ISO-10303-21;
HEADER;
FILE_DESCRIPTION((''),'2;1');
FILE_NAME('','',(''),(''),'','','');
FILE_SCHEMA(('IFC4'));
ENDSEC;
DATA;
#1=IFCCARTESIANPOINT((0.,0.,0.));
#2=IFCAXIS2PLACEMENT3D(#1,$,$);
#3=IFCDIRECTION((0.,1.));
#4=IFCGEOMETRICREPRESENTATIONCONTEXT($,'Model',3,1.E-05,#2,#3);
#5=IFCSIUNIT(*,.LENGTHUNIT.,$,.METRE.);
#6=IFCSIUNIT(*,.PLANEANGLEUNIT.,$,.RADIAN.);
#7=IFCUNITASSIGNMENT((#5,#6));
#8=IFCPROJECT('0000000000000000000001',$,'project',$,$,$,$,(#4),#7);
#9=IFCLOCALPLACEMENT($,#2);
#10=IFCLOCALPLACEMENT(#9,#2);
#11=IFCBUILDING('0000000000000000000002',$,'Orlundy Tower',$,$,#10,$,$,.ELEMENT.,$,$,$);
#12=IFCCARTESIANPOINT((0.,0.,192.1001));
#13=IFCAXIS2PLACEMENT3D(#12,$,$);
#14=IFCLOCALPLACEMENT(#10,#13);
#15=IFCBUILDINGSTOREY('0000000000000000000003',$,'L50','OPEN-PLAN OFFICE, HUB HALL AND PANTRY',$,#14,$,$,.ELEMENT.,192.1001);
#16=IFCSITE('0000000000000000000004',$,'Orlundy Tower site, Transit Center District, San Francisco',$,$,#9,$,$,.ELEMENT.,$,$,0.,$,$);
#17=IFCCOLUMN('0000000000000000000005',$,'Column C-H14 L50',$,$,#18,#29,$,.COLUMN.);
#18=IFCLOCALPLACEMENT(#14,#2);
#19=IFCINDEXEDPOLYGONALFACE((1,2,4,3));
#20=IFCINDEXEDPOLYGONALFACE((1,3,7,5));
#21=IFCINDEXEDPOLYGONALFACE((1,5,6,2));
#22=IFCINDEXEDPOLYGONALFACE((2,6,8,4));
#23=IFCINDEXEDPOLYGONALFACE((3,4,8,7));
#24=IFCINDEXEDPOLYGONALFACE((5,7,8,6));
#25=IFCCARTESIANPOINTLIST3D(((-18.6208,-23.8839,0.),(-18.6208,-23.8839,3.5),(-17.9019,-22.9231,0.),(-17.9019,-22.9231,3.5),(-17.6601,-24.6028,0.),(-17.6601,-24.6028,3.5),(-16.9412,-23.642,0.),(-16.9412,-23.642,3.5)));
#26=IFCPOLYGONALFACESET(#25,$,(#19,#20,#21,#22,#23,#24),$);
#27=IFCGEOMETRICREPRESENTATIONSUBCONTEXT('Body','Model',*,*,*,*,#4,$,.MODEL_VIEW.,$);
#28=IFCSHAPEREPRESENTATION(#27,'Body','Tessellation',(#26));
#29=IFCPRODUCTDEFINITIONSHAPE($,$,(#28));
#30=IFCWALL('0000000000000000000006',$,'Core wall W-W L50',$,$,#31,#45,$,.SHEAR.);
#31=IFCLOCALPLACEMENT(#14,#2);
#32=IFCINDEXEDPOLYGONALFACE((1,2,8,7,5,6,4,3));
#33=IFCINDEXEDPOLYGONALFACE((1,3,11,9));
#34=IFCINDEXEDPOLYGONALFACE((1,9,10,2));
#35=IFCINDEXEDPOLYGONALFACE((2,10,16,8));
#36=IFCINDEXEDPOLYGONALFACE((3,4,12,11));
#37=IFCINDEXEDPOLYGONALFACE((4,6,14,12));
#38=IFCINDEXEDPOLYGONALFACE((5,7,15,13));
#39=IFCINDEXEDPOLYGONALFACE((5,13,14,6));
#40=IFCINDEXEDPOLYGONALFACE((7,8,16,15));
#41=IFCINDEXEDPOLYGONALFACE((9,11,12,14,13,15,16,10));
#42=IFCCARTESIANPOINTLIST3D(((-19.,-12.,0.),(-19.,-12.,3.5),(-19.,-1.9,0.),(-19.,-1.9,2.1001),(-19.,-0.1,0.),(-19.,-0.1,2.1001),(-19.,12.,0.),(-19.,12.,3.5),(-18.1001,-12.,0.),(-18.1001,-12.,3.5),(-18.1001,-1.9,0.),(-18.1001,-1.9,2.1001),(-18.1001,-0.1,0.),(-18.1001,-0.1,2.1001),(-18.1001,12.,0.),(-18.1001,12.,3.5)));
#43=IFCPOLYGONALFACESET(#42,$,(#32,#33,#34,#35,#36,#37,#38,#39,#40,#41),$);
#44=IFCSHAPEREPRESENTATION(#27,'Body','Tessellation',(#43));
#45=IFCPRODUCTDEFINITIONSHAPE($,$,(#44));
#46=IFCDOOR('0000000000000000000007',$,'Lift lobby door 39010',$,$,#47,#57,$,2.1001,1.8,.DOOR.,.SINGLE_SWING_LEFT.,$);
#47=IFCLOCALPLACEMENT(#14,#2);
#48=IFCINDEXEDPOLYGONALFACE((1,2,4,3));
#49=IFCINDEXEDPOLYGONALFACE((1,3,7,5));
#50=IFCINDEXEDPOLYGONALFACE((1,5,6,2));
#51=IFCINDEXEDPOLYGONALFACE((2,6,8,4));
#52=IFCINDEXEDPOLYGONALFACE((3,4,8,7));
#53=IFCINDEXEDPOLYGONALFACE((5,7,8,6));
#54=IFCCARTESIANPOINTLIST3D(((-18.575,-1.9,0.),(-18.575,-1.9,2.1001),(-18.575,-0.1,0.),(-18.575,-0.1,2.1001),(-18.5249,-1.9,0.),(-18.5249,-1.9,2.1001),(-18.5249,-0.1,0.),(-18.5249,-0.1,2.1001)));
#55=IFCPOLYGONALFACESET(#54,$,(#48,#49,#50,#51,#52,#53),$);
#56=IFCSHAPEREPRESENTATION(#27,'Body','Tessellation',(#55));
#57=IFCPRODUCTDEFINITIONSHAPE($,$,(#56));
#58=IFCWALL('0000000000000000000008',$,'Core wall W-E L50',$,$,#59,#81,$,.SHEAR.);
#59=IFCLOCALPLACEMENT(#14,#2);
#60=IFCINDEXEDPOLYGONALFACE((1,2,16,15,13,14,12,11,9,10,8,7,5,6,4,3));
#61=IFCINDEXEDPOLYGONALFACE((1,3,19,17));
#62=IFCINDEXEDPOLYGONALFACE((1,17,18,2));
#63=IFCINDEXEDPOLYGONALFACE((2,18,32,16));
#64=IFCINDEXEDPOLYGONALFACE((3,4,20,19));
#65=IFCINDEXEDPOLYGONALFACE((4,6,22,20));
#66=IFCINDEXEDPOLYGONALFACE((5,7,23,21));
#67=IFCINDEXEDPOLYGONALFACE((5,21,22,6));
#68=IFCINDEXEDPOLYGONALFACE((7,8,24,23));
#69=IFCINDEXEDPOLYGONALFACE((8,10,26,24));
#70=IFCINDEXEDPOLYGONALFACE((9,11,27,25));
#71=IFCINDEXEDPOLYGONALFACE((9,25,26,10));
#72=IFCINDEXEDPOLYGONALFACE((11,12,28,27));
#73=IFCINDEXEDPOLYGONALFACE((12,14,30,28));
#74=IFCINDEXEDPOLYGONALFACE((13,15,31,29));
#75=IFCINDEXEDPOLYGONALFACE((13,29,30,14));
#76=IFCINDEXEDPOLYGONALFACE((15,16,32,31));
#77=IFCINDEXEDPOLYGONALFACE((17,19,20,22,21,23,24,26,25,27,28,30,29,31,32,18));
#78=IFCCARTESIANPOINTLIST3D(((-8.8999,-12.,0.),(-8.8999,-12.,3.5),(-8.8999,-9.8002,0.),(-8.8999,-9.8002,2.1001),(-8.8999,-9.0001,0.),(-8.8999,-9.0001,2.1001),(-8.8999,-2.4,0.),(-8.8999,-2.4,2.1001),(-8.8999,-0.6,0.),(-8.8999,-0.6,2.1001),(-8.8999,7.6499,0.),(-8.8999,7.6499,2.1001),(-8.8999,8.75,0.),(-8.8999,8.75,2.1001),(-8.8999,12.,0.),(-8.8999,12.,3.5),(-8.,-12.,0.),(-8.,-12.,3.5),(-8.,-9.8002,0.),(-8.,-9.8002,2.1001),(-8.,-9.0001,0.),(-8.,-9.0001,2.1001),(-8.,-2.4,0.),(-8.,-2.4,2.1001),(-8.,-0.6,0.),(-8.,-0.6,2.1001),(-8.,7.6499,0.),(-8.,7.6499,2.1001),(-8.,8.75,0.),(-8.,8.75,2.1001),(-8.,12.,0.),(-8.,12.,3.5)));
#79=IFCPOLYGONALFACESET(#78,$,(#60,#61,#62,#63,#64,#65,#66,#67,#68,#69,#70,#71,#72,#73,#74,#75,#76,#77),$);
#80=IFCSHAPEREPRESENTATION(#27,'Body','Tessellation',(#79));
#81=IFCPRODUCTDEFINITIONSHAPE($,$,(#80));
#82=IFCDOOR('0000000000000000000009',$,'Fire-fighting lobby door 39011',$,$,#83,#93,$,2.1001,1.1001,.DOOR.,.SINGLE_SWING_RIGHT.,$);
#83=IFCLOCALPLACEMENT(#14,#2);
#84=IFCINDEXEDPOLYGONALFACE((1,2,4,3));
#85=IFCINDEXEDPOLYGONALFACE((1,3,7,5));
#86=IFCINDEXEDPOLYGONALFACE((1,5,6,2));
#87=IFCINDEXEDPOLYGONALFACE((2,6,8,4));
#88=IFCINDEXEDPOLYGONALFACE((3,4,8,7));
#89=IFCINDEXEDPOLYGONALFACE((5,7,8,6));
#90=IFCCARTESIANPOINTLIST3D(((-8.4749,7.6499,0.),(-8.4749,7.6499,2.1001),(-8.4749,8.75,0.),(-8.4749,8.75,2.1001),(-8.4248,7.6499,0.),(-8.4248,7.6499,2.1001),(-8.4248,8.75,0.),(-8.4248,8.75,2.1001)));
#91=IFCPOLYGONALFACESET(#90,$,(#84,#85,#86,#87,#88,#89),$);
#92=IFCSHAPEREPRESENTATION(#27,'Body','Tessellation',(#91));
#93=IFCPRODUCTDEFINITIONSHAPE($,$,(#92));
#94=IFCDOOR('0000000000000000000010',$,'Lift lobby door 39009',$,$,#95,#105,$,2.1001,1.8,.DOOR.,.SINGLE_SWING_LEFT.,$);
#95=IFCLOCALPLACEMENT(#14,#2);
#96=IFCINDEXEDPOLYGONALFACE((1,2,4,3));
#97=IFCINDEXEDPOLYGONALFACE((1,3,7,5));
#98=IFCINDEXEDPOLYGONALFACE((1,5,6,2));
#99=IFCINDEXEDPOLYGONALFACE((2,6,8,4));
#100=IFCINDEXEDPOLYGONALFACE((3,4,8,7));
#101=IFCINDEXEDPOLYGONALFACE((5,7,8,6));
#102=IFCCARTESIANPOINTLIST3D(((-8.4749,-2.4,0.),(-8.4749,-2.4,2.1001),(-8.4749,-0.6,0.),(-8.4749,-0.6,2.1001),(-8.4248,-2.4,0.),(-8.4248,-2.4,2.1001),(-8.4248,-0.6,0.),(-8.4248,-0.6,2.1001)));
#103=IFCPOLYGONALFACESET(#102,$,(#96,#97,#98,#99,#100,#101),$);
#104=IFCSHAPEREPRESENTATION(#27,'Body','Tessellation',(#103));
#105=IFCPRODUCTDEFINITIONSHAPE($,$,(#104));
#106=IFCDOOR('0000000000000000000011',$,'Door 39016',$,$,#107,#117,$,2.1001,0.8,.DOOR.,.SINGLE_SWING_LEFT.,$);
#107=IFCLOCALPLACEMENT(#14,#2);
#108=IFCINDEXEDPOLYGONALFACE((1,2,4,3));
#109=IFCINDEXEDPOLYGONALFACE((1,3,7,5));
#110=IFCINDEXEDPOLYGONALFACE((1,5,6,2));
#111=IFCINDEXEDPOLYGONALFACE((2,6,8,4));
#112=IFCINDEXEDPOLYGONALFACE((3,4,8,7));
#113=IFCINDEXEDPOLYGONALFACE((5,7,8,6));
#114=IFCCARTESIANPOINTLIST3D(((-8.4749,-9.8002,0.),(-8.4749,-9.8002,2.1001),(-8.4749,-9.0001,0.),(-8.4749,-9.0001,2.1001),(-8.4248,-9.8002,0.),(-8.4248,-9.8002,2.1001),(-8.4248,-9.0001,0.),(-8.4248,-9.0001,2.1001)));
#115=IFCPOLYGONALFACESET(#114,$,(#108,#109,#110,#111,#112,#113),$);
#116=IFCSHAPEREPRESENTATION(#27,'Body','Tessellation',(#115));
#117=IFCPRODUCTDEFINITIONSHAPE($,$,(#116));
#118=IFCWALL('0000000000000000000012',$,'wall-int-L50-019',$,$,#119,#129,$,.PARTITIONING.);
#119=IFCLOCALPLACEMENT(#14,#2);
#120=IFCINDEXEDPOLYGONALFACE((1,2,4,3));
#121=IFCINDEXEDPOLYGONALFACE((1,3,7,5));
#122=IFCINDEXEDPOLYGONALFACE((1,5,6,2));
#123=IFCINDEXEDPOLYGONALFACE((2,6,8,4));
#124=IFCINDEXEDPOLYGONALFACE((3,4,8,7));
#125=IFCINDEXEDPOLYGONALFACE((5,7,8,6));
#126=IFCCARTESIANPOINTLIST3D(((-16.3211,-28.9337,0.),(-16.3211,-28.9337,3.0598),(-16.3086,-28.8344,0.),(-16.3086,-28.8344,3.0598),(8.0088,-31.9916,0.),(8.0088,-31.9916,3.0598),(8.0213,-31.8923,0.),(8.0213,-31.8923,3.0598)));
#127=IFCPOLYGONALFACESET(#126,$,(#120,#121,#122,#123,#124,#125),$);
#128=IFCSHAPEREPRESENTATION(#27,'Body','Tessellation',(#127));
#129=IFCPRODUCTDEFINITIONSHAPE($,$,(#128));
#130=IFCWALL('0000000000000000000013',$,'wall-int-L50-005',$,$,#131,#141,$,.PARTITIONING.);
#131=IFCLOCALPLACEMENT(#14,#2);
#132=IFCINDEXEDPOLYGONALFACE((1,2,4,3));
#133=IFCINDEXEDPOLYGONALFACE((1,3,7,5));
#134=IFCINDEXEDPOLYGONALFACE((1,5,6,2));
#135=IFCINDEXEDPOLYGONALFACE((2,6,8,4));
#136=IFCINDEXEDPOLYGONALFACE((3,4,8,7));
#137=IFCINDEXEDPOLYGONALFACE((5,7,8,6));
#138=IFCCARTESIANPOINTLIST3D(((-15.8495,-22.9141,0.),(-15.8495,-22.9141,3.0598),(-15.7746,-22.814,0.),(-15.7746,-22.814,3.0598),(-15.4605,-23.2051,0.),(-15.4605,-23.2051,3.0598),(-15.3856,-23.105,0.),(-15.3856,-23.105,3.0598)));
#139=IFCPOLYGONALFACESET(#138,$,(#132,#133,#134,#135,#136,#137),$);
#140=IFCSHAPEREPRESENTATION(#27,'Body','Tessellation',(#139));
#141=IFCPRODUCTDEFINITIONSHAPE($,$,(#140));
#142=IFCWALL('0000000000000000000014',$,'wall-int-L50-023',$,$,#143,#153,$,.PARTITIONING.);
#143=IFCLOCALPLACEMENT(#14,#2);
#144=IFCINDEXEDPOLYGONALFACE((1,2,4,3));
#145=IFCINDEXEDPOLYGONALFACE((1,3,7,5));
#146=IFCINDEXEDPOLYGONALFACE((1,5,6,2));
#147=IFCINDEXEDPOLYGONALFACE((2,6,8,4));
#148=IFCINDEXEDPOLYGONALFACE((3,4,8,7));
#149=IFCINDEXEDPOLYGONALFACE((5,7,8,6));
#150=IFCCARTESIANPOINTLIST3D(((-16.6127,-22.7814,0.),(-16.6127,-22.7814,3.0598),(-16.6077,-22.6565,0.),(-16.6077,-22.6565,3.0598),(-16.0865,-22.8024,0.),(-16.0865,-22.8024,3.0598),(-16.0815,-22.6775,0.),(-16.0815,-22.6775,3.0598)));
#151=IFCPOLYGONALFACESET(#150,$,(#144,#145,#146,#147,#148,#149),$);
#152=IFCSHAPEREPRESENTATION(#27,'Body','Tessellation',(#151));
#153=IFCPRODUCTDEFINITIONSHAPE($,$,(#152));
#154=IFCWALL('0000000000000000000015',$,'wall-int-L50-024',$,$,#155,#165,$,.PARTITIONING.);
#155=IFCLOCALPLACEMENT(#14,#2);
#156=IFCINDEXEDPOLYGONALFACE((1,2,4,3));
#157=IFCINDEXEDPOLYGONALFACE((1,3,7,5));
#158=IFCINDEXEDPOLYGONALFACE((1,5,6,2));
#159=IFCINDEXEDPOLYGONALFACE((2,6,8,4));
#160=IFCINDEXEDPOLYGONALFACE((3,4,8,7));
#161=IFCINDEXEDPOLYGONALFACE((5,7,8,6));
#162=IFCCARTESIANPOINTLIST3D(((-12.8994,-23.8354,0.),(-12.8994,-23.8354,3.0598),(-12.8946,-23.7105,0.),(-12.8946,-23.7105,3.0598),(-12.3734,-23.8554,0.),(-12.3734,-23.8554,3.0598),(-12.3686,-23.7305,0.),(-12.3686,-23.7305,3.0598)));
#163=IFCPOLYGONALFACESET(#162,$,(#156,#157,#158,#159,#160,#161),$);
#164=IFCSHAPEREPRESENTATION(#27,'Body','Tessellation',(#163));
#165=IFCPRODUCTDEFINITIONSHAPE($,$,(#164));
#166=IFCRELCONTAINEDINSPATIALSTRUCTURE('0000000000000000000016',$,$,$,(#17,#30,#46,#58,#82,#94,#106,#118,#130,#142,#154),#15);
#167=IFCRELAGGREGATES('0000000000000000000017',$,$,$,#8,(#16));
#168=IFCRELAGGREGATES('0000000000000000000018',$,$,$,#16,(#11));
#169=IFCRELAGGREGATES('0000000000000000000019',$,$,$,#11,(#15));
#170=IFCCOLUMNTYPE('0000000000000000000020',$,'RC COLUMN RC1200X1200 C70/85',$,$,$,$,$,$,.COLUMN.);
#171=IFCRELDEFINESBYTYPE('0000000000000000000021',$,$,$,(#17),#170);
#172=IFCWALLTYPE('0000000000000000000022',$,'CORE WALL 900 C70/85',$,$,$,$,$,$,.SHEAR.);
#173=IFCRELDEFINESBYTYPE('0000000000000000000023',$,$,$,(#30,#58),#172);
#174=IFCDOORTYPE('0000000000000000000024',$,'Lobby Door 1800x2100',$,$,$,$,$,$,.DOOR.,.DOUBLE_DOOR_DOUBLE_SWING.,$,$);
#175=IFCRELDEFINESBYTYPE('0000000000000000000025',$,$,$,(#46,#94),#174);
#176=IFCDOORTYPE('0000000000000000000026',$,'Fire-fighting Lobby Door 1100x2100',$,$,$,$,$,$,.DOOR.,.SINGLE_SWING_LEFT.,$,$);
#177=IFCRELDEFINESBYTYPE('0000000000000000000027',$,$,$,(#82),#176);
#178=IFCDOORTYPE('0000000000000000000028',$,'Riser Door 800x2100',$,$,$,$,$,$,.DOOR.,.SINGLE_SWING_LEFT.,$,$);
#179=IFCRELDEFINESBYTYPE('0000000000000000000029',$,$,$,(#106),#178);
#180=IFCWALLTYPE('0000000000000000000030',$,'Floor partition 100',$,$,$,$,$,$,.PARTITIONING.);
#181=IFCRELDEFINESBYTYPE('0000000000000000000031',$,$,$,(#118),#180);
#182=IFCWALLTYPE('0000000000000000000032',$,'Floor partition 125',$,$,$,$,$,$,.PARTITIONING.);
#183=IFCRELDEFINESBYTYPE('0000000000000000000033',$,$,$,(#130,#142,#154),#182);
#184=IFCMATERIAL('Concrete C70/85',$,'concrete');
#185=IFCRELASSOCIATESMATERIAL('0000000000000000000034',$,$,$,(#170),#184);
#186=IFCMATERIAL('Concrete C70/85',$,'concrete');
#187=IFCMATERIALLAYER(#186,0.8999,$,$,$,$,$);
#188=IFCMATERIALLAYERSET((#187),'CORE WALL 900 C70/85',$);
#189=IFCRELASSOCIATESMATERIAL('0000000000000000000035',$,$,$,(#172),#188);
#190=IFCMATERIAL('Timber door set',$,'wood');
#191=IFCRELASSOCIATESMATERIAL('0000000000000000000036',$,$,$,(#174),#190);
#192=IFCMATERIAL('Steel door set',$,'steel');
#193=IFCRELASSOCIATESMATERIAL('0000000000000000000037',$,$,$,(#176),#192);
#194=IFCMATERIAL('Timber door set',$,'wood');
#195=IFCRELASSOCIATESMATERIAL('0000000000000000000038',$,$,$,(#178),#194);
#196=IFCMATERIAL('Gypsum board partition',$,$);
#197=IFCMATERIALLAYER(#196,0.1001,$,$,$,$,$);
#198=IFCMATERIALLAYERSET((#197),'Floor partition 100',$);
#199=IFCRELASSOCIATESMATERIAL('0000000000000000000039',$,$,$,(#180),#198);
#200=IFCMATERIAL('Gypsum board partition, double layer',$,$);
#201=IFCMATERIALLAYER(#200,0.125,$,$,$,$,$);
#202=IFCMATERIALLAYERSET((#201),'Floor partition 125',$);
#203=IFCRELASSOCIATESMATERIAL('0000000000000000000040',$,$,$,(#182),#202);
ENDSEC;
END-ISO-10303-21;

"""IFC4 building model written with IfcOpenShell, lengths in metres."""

from ifc_helpers import new_model, si_unit, direction, frame, frame_2d, origin, origin_2d, place, context, subcontext, project, spatial, rectangle, extrude, material, layer, layer_set, material_profile, profile_set, type_object, element, fill, save


model = new_model("IFC4")

# Units and contexts
model_context = context("Model", 3, precision=1e-05, world=origin(), true_north=direction((0.0, 1.0)))
body_context = subcontext(model_context, "Body", "Model", "MODEL_VIEW")
ifc_project = project(units=[si_unit("LENGTHUNIT", "METRE"), si_unit("PLANEANGLEUNIT", "RADIAN")], contexts=[model_context])

# Site, building, storey
site_placement = place(None, origin())
site = spatial("IfcSite", under=ifc_project, at=site_placement, Name="Orlundy Tower site, Transit Center District, San Francisco", CompositionType="ELEMENT", RefElevation=0.0)
building_placement = place(site_placement, origin())
building = spatial("IfcBuilding", under=site, at=building_placement, Name="Orlundy Tower", CompositionType="ELEMENT")
storey_placement = place(building_placement, frame((0.0, 0.0, 192.1001)))
storey = spatial("IfcBuildingStorey", under=building, at=storey_placement, Name="L50", Description="OPEN-PLAN OFFICE, HUB HALL AND PANTRY", CompositionType="ELEMENT", Elevation=192.1001)

# Column
ifc_material_1 = material(Name="Concrete C70/85", Category="concrete")
ifc_material_profile = material_profile(ifc_material_1, rectangle(XDim=1.2, YDim=1.2, at=origin_2d()), Name="RC1200X1200")
ifc_profile_set = profile_set([ifc_material_profile], Name="Concrete C70/85")
column_type = type_object("IfcColumnType", Name="RC COLUMN RC1200X1200 C70/85", PredefinedType="COLUMN", material=ifc_profile_set)
column_placement = place(storey_placement, frame((-17.781, -23.7629, 0.0), z_axis=(0.0, 0.0, 1.0), x_axis=(-0.599107, -0.800669, 0.0)))
element("IfcColumn", 1, at=column_placement, inside=storey, type_object=column_type, Name="Column C-H14 L50", PredefinedType="COLUMN", context=body_context, shape_type="SweptSolid", body=[
    extrude(rectangle(XDim=1.2, YDim=1.2, at=origin_2d()), origin(), (0.0, 0.0, 1.0), 3.5),
])

# Wall, opening, door
ifc_material_2 = material(Name="Concrete C70/85", Category="concrete")
ifc_layer_1 = layer(ifc_material_2, 0.8999)
ifc_layer_set_1 = layer_set([ifc_layer_1], Name="CORE WALL 900 C70/85")
wall_type_1 = type_object("IfcWallType", Name="CORE WALL 900 C70/85", PredefinedType="SHEAR", material=ifc_layer_set_1)
wall_1_placement = place(storey_placement, frame((-18.55, -12.0, 0.0), z_axis=(0.0, 0.0, 1.0), x_axis=(0.0, 1.0, 0.0)))
wall_1 = element("IfcWall", 2, at=wall_1_placement, inside=storey, type_object=wall_type_1, Name="Core wall W-W L50", PredefinedType="SHEAR", context=body_context, shape_type="SweptSolid", body=[
    extrude(rectangle(XDim=24.0, YDim=0.8999, at=frame_2d((12.0, 0.0))), origin(), (0.0, 0.0, 1.0), 3.5),
])
opening_1_placement = place(wall_1_placement, frame((10.1001, 0.0, 0.0)))
opening_1 = element("IfcOpeningElement", 3, at=opening_1_placement, cuts=wall_1, PredefinedType="OPENING", context=body_context, shape_type="SweptSolid", body=[
    extrude(rectangle(XDim=1.8, YDim=2.1001, at=frame_2d((0.8999, 1.05))), frame((0.0, 0.46, 0.0), z_axis=(0.0, -1.0, 0.0), x_axis=(1.0, 0.0, 0.0)), (0.0, 0.0, 1.0), 0.9199),
])
ifc_material_3 = material(Name="Timber door set", Category="wood")
door_type_1 = type_object("IfcDoorType", Name="Lobby Door 1800x2100", OperationType="DOUBLE_DOOR_DOUBLE_SWING", PredefinedType="DOOR", material=ifc_material_3)
door_1_placement = place(opening_1_placement, origin())
door_1 = element("IfcDoor", 4, at=door_1_placement, inside=storey, type_object=door_type_1, Name="Lift lobby door 39010", OperationType="SINGLE_SWING_LEFT", OverallHeight=2.1001, OverallWidth=1.8, PredefinedType="DOOR", context=body_context, shape_type="SweptSolid", body=[
    extrude(rectangle(XDim=1.8, YDim=2.1001, at=frame_2d((0.8999, 1.05))), frame((0.0, 0.0249, 0.0), z_axis=(0.0, -1.0, 0.0), x_axis=(1.0, 0.0, 0.0)), (0.0, 0.0, 1.0), 0.05),
])
fill(opening_1, door_1)

# Wall, openings, doors
wall_2_placement = place(storey_placement, frame((-8.45, -12.0, 0.0), z_axis=(0.0, 0.0, 1.0), x_axis=(0.0, 1.0, 0.0)))
wall_2 = element("IfcWall", 5, at=wall_2_placement, inside=storey, type_object=wall_type_1, Name="Core wall W-E L50", PredefinedType="SHEAR", context=body_context, shape_type="SweptSolid", body=[
    extrude(rectangle(XDim=24.0, YDim=0.8999, at=frame_2d((12.0, 0.0))), origin(), (0.0, 0.0, 1.0), 3.5),
])
opening_2_placement = place(wall_2_placement, frame((9.6001, 0.0, 0.0)))
opening_2 = element("IfcOpeningElement", 6, at=opening_2_placement, cuts=wall_2, PredefinedType="OPENING", context=body_context, shape_type="SweptSolid", body=[
    extrude(rectangle(XDim=1.8, YDim=2.1001, at=frame_2d((0.8999, 1.05))), frame((0.0, 0.46, 0.0), z_axis=(0.0, -1.0, 0.0), x_axis=(1.0, 0.0, 0.0)), (0.0, 0.0, 1.0), 0.9199),
])
opening_3_placement = place(wall_2_placement, frame((19.6499, 0.0, 0.0)))
opening_3 = element("IfcOpeningElement", 7, at=opening_3_placement, cuts=wall_2, PredefinedType="OPENING", context=body_context, shape_type="SweptSolid", body=[
    extrude(rectangle(XDim=1.1001, YDim=2.1001, at=frame_2d((0.55, 1.05))), frame((0.0, 0.46, 0.0), z_axis=(0.0, -1.0, 0.0), x_axis=(1.0, 0.0, 0.0)), (0.0, 0.0, 1.0), 0.9199),
])
opening_4_placement = place(wall_2_placement, frame((2.2, 0.0, 0.0)))
opening_4 = element("IfcOpeningElement", 8, at=opening_4_placement, cuts=wall_2, PredefinedType="OPENING", context=body_context, shape_type="SweptSolid", body=[
    extrude(rectangle(XDim=0.8, YDim=2.1001, at=frame_2d((0.3999, 1.05))), frame((0.0, 0.46, 0.0), z_axis=(0.0, -1.0, 0.0), x_axis=(1.0, 0.0, 0.0)), (0.0, 0.0, 1.0), 0.9199),
])
ifc_material_4 = material(Name="Steel door set", Category="steel")
door_type_2 = type_object("IfcDoorType", Name="Fire-fighting Lobby Door 1100x2100", OperationType="SINGLE_SWING_LEFT", PredefinedType="DOOR", material=ifc_material_4)
door_2_placement = place(opening_3_placement, origin())
door_2 = element("IfcDoor", 9, at=door_2_placement, inside=storey, type_object=door_type_2, Name="Fire-fighting lobby door 39011", OperationType="SINGLE_SWING_RIGHT", OverallHeight=2.1001, OverallWidth=1.1001, PredefinedType="DOOR", context=body_context, shape_type="SweptSolid", body=[
    extrude(rectangle(XDim=1.1001, YDim=2.1001, at=frame_2d((0.55, 1.05))), frame((0.0, 0.0249, 0.0), z_axis=(0.0, -1.0, 0.0), x_axis=(1.0, 0.0, 0.0)), (0.0, 0.0, 1.0), 0.05),
])
fill(opening_3, door_2)
door_3_placement = place(opening_2_placement, origin())
door_3 = element("IfcDoor", 10, at=door_3_placement, inside=storey, type_object=door_type_1, Name="Lift lobby door 39009", OperationType="SINGLE_SWING_LEFT", OverallHeight=2.1001, OverallWidth=1.8, PredefinedType="DOOR", context=body_context, shape_type="SweptSolid", body=[
    extrude(rectangle(XDim=1.8, YDim=2.1001, at=frame_2d((0.8999, 1.05))), frame((0.0, 0.0249, 0.0), z_axis=(0.0, -1.0, 0.0), x_axis=(1.0, 0.0, 0.0)), (0.0, 0.0, 1.0), 0.05),
])
fill(opening_2, door_3)
ifc_material_5 = material(Name="Timber door set", Category="wood")
door_type_3 = type_object("IfcDoorType", Name="Riser Door 800x2100", OperationType="SINGLE_SWING_LEFT", PredefinedType="DOOR", material=ifc_material_5)
door_4_placement = place(opening_4_placement, origin())
door_4 = element("IfcDoor", 11, at=door_4_placement, inside=storey, type_object=door_type_3, Name="Door 39016", OperationType="SINGLE_SWING_LEFT", OverallHeight=2.1001, OverallWidth=0.8, PredefinedType="DOOR", context=body_context, shape_type="SweptSolid", body=[
    extrude(rectangle(XDim=0.8, YDim=2.1001, at=frame_2d((0.3999, 1.05))), frame((0.0, 0.0249, 0.0), z_axis=(0.0, -1.0, 0.0), x_axis=(1.0, 0.0, 0.0)), (0.0, 0.0, 1.0), 0.05),
])
fill(opening_4, door_4)

# Walls
ifc_material_6 = material(Name="Gypsum board partition")
ifc_layer_2 = layer(ifc_material_6, 0.1001)
ifc_layer_set_2 = layer_set([ifc_layer_2], Name="Floor partition 100")
wall_type_2 = type_object("IfcWallType", Name="Floor partition 100", PredefinedType="PARTITIONING", material=ifc_layer_set_2)
wall_3_placement = place(storey_placement, frame((-16.3149, -28.884, 0.0), z_axis=(0.0, 0.0, 1.0), x_axis=(0.992194, -0.124703, 0.0)))
element("IfcWall", 12, at=wall_3_placement, inside=storey, type_object=wall_type_2, Name="wall-int-L50-019", PredefinedType="PARTITIONING", context=body_context, shape_type="SweptSolid", body=[
    extrude(rectangle(XDim=24.5212, YDim=0.1001, at=frame_2d((12.2607, 0.0))), origin(), (0.0, 0.0, 1.0), 3.0598),
])
ifc_material_7 = material(Name="Gypsum board partition, double layer")
ifc_layer_3 = layer(ifc_material_7, 0.125)
ifc_layer_set_3 = layer_set([ifc_layer_3], Name="Floor partition 125")
wall_type_3 = type_object("IfcWallType", Name="Floor partition 125", PredefinedType="PARTITIONING", material=ifc_layer_set_3)
wall_4_placement = place(storey_placement, frame((-15.812, -22.864, 0.0), z_axis=(0.0, 0.0, 1.0), x_axis=(0.800663, -0.599115, 0.0)))
element("IfcWall", 13, at=wall_4_placement, inside=storey, type_object=wall_type_3, Name="wall-int-L50-005", PredefinedType="PARTITIONING", context=body_context, shape_type="SweptSolid", body=[
    extrude(rectangle(XDim=0.4858, YDim=0.125, at=frame_2d((0.2429, 0.0))), origin(), (0.0, 0.0, 1.0), 3.0598),
])
wall_5_placement = place(storey_placement, frame((-16.6101, -22.719, 0.0), z_axis=(0.0, 0.0, 1.0), x_axis=(0.999205, -0.039875, 0.0)))
element("IfcWall", 14, at=wall_5_placement, inside=storey, type_object=wall_type_3, Name="wall-int-L50-023", PredefinedType="PARTITIONING", context=body_context, shape_type="SweptSolid", body=[
    extrude(rectangle(XDim=0.5266, YDim=0.125, at=frame_2d((0.2632, 0.0))), origin(), (0.0, 0.0, 1.0), 3.0598),
])
wall_6_placement = place(storey_placement, frame((-12.897, -23.7729, 0.0), z_axis=(0.0, 0.0, 1.0), x_axis=(0.999276, -0.038041, 0.0)))
element("IfcWall", 15, at=wall_6_placement, inside=storey, type_object=wall_type_3, Name="wall-int-L50-024", PredefinedType="PARTITIONING", context=body_context, shape_type="SweptSolid", body=[
    extrude(rectangle(XDim=0.5264, YDim=0.125, at=frame_2d((0.2632, 0.0))), origin(), (0.0, 0.0, 1.0), 3.0598),
])

save(model, "model.ifc")
